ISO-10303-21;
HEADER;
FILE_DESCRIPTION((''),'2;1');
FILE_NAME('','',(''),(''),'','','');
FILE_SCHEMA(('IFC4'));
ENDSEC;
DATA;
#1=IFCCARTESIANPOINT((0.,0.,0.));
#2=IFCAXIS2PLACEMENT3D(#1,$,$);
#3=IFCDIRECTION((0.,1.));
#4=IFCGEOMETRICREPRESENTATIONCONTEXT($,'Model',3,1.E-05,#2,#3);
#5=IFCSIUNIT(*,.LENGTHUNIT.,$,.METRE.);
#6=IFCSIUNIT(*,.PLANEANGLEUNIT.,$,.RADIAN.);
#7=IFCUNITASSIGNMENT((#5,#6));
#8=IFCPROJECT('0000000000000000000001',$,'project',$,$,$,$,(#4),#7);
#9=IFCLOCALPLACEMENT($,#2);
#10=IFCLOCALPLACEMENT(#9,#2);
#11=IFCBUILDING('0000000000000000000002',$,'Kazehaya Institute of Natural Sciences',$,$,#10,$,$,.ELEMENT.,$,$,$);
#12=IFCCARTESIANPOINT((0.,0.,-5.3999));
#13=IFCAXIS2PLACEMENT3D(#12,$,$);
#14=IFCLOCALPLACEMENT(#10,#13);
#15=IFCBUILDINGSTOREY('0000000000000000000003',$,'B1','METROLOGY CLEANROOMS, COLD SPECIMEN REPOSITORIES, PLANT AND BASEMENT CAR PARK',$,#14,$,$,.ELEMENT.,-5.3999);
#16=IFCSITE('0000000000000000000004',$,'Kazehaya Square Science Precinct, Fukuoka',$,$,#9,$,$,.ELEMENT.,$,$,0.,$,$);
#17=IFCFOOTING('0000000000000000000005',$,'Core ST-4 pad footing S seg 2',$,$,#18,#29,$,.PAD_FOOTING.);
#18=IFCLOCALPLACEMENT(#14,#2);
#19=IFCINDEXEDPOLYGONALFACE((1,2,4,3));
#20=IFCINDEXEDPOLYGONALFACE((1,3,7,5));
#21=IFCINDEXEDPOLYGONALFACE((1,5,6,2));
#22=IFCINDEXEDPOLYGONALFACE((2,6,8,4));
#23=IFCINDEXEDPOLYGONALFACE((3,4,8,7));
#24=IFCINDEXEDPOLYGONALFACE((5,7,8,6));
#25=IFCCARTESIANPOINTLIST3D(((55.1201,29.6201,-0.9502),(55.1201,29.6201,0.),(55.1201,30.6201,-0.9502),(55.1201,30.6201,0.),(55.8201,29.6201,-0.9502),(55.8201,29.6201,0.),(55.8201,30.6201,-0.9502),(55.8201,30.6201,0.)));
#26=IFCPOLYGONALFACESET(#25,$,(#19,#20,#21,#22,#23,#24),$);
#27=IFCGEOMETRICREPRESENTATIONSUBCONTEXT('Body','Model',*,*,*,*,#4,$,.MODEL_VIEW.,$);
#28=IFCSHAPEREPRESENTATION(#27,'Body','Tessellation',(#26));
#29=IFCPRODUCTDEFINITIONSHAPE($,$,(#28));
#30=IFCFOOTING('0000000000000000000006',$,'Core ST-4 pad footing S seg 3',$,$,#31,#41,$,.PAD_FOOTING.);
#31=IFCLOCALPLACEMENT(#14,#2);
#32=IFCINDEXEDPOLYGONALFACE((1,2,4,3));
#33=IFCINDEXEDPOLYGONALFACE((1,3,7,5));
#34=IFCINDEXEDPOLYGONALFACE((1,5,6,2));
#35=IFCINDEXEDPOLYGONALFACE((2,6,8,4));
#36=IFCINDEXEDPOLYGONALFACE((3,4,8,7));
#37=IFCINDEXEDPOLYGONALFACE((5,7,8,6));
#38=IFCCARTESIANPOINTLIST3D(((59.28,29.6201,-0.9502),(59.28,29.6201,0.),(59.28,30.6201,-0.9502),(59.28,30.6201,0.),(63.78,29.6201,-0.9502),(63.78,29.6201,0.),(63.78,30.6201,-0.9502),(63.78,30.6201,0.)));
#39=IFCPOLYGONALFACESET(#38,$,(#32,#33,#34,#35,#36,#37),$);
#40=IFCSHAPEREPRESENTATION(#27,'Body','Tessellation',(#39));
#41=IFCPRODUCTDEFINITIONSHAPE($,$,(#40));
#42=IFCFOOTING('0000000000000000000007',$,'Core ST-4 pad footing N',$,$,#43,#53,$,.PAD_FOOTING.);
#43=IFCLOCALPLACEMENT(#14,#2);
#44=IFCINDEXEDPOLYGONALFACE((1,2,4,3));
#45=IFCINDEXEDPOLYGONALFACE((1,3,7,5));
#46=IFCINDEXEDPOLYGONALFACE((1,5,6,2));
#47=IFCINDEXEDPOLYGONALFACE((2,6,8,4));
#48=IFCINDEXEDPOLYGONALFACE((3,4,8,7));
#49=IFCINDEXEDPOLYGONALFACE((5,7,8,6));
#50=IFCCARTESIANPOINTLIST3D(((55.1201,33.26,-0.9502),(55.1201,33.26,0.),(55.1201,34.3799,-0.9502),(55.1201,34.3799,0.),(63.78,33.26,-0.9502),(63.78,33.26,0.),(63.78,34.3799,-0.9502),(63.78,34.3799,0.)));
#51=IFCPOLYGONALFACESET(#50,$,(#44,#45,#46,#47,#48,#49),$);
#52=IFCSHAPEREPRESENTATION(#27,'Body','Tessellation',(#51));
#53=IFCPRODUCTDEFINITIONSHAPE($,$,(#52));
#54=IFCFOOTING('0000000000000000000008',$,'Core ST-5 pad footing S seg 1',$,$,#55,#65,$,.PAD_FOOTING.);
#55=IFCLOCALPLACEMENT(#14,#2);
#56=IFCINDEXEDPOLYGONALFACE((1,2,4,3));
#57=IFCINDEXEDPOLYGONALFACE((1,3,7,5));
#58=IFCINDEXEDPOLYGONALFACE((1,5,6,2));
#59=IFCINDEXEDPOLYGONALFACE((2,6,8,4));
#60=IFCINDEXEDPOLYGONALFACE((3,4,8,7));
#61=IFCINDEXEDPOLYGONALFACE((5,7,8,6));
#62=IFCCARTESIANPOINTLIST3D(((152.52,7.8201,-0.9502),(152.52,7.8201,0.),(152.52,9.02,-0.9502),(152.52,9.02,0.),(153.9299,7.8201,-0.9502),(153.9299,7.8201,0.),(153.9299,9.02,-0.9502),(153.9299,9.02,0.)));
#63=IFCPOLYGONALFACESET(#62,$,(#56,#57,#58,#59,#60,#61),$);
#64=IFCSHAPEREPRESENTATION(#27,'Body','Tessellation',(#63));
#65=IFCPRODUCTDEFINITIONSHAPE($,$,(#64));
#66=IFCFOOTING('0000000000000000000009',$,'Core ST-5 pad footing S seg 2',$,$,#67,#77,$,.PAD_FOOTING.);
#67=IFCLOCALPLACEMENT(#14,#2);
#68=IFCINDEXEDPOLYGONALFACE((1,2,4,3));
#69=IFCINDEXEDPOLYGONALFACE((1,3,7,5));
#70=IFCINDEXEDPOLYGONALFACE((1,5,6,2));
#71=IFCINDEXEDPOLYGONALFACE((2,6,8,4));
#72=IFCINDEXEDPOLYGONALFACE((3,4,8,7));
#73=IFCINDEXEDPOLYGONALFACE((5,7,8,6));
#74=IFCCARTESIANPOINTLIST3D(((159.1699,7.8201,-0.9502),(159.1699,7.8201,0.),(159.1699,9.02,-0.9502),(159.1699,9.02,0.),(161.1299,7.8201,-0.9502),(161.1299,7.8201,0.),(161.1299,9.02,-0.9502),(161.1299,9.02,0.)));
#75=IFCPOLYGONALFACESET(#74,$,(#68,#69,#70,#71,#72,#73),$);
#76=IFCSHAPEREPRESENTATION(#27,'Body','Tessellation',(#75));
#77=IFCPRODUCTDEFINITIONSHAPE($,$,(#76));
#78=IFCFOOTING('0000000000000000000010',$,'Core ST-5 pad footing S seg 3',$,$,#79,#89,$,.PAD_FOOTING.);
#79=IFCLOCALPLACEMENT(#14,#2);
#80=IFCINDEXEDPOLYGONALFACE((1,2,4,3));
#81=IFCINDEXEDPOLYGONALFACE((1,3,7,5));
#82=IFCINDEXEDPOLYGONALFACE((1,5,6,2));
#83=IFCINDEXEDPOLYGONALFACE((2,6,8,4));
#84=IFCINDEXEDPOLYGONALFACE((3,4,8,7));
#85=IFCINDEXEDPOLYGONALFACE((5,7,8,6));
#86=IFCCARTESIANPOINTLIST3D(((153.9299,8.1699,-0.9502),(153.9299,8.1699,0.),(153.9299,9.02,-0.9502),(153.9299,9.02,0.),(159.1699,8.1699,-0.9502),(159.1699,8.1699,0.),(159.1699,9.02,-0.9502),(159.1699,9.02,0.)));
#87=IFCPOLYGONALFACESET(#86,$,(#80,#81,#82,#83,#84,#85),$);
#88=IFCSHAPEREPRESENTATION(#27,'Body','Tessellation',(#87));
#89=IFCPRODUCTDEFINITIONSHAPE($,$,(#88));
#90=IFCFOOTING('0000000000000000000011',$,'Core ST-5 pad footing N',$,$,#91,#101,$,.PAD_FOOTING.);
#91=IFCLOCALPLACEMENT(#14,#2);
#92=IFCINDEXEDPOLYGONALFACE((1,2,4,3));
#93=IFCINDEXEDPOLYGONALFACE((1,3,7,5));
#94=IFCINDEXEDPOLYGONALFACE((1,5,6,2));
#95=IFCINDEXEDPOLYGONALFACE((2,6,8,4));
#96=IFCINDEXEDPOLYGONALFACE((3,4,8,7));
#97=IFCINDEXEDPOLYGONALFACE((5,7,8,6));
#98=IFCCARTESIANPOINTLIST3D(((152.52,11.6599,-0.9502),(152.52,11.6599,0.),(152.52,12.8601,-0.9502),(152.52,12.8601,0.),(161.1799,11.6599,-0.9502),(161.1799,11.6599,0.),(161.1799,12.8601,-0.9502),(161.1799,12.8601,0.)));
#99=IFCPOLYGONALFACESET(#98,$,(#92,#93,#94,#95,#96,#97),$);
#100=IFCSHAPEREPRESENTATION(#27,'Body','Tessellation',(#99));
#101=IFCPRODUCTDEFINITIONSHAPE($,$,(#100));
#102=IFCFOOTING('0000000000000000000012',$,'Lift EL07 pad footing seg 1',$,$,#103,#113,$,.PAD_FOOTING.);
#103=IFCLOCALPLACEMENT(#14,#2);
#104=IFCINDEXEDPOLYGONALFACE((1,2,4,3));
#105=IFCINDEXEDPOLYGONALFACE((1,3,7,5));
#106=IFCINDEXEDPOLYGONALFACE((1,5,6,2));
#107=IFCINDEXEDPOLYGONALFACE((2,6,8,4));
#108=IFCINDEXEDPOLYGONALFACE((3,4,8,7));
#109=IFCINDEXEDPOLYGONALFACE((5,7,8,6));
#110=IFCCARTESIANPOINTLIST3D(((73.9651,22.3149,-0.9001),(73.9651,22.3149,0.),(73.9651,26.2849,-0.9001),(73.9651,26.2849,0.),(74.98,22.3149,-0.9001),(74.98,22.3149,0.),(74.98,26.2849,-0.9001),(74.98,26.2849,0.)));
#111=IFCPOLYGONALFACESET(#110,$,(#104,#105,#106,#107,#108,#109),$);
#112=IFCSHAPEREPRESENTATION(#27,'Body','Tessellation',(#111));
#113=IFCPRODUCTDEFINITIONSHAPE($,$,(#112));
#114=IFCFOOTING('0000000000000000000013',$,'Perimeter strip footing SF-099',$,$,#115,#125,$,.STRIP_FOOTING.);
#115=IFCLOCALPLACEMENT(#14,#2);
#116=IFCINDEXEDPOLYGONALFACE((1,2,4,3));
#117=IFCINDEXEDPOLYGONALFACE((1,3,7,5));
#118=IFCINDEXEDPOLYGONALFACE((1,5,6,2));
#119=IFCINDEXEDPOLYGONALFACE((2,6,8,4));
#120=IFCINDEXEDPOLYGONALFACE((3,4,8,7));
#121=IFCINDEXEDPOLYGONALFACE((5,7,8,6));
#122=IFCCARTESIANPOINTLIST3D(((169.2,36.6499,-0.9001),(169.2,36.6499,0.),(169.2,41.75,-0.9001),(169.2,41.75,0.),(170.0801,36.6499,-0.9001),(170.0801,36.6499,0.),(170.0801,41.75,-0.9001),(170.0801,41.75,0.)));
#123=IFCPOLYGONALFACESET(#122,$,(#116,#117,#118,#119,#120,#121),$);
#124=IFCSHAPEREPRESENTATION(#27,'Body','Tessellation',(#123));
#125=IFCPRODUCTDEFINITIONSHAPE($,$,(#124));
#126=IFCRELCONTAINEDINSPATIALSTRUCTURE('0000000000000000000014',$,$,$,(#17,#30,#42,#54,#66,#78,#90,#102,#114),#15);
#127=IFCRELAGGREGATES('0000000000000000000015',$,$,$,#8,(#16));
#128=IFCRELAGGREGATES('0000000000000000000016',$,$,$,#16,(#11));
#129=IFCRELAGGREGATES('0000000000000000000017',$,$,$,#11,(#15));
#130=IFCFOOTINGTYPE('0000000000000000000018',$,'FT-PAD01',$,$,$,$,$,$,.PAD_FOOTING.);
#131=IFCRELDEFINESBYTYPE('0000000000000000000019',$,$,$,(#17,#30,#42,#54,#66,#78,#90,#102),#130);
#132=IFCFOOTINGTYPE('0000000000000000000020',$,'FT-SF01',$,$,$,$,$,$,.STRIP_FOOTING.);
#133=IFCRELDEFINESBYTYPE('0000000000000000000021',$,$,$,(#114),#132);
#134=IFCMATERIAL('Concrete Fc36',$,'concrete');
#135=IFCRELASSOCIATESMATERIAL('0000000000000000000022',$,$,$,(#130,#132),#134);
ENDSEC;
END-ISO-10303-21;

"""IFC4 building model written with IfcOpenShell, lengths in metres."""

from ifc_helpers import new_model, si_unit, direction, frame, origin, place, context, subcontext, project, spatial, polyline, outline, extrude, material, type_object, element, save


model = new_model("IFC4")

# Units and contexts
model_context = context("Model", 3, precision=1e-05, world=origin(), true_north=direction((0.0, 1.0)))
body_context = subcontext(model_context, "Body", "Model", "MODEL_VIEW")
ifc_project = project(units=[si_unit("LENGTHUNIT", "METRE"), si_unit("PLANEANGLEUNIT", "RADIAN")], contexts=[model_context])

# Site, building, storey
site_placement = place(None, origin())
site = spatial("IfcSite", under=ifc_project, at=site_placement, Name="Kazehaya Square Science Precinct, Fukuoka", CompositionType="ELEMENT", RefElevation=0.0)
building_placement = place(site_placement, origin())
building = spatial("IfcBuilding", under=site, at=building_placement, Name="Kazehaya Institute of Natural Sciences", CompositionType="ELEMENT")
storey_placement = place(building_placement, frame((0.0, 0.0, -5.3999)))
storey = spatial("IfcBuildingStorey", under=building, at=storey_placement, Name="B1", Description="METROLOGY CLEANROOMS, COLD SPECIMEN REPOSITORIES, PLANT AND BASEMENT CAR PARK", CompositionType="ELEMENT", Elevation=-5.3999)

# Footings
ifc_material = material(Name="Concrete Fc36", Category="concrete")
footing_type_1 = type_object("IfcFootingType", Name="FT-PAD01", PredefinedType="PAD_FOOTING", material=ifc_material)
footing_1_placement = place(storey_placement, frame((0.0, 0.0, -0.9502)))
element("IfcFooting", 1, at=footing_1_placement, inside=storey, type_object=footing_type_1, Name="Core ST-4 pad footing S seg 2", PredefinedType="PAD_FOOTING", context=body_context, shape_type="SweptSolid", body=[
    extrude(outline(polyline([(55.1201, 29.6201), (55.8201, 29.6201), (55.8201, 30.6201), (55.1201, 30.6201), (55.1201, 29.6201)])), origin(), (0.0, 0.0, 1.0), 0.9502),
])
footing_2_placement = place(storey_placement, frame((0.0, 0.0, -0.9502)))
element("IfcFooting", 2, at=footing_2_placement, inside=storey, type_object=footing_type_1, Name="Core ST-4 pad footing S seg 3", PredefinedType="PAD_FOOTING", context=body_context, shape_type="SweptSolid", body=[
    extrude(outline(polyline([(59.28, 29.6201), (63.78, 29.6201), (63.78, 30.6201), (59.28, 30.6201), (59.28, 29.6201)])), origin(), (0.0, 0.0, 1.0), 0.9502),
])
footing_3_placement = place(storey_placement, frame((0.0, 0.0, -0.9502)))
element("IfcFooting", 3, at=footing_3_placement, inside=storey, type_object=footing_type_1, Name="Core ST-4 pad footing N", PredefinedType="PAD_FOOTING", context=body_context, shape_type="SweptSolid", body=[
    extrude(outline(polyline([(55.1201, 33.26), (63.78, 33.26), (63.78, 34.3799), (55.1201, 34.3799), (55.1201, 33.26)])), origin(), (0.0, 0.0, 1.0), 0.9502),
])
footing_4_placement = place(storey_placement, frame((0.0, 0.0, -0.9502)))
element("IfcFooting", 4, at=footing_4_placement, inside=storey, type_object=footing_type_1, Name="Core ST-5 pad footing S seg 1", PredefinedType="PAD_FOOTING", context=body_context, shape_type="SweptSolid", body=[
    extrude(outline(polyline([(152.52, 7.8201), (153.9299, 7.8201), (153.9299, 9.02), (152.52, 9.02), (152.52, 7.8201)])), origin(), (0.0, 0.0, 1.0), 0.9502),
])
footing_5_placement = place(storey_placement, frame((0.0, 0.0, -0.9502)))
element("IfcFooting", 5, at=footing_5_placement, inside=storey, type_object=footing_type_1, Name="Core ST-5 pad footing S seg 2", PredefinedType="PAD_FOOTING", context=body_context, shape_type="SweptSolid", body=[
    extrude(outline(polyline([(159.1699, 7.8201), (161.1299, 7.8201), (161.1299, 9.02), (159.1699, 9.02), (159.1699, 7.8201)])), origin(), (0.0, 0.0, 1.0), 0.9502),
])
footing_6_placement = place(storey_placement, frame((0.0, 0.0, -0.9502)))
element("IfcFooting", 6, at=footing_6_placement, inside=storey, type_object=footing_type_1, Name="Core ST-5 pad footing S seg 3", PredefinedType="PAD_FOOTING", context=body_context, shape_type="SweptSolid", body=[
    extrude(outline(polyline([(153.9299, 8.1699), (159.1699, 8.1699), (159.1699, 9.02), (153.9299, 9.02), (153.9299, 8.1699)])), origin(), (0.0, 0.0, 1.0), 0.9502),
])
footing_7_placement = place(storey_placement, frame((0.0, 0.0, -0.9502)))
element("IfcFooting", 7, at=footing_7_placement, inside=storey, type_object=footing_type_1, Name="Core ST-5 pad footing N", PredefinedType="PAD_FOOTING", context=body_context, shape_type="SweptSolid", body=[
    extrude(outline(polyline([(152.52, 11.6599), (161.1799, 11.6599), (161.1799, 12.8601), (152.52, 12.8601), (152.52, 11.6599)])), origin(), (0.0, 0.0, 1.0), 0.9502),
])
footing_8_placement = place(storey_placement, frame((0.0, 0.0, -0.9001)))
element("IfcFooting", 8, at=footing_8_placement, inside=storey, type_object=footing_type_1, Name="Lift EL07 pad footing seg 1", PredefinedType="PAD_FOOTING", context=body_context, shape_type="SweptSolid", body=[
    extrude(outline(polyline([(73.9651, 22.3149), (74.98, 22.3149), (74.98, 26.2849), (73.9651, 26.2849), (73.9651, 22.3149)])), origin(), (0.0, 0.0, 1.0), 0.9001),
])
footing_type_2 = type_object("IfcFootingType", Name="FT-SF01", PredefinedType="STRIP_FOOTING", material=ifc_material)
footing_9_placement = place(storey_placement, frame((0.0, 0.0, -0.9001)))
element("IfcFooting", 9, at=footing_9_placement, inside=storey, type_object=footing_type_2, Name="Perimeter strip footing SF-099", PredefinedType="STRIP_FOOTING", context=body_context, shape_type="SweptSolid", body=[
    extrude(outline(polyline([(169.2, 36.6499), (170.0801, 36.6499), (170.0801, 41.75), (169.2, 41.75), (169.2, 36.6499)])), origin(), (0.0, 0.0, 1.0), 0.9001),
])

save(model, "model.ifc")
